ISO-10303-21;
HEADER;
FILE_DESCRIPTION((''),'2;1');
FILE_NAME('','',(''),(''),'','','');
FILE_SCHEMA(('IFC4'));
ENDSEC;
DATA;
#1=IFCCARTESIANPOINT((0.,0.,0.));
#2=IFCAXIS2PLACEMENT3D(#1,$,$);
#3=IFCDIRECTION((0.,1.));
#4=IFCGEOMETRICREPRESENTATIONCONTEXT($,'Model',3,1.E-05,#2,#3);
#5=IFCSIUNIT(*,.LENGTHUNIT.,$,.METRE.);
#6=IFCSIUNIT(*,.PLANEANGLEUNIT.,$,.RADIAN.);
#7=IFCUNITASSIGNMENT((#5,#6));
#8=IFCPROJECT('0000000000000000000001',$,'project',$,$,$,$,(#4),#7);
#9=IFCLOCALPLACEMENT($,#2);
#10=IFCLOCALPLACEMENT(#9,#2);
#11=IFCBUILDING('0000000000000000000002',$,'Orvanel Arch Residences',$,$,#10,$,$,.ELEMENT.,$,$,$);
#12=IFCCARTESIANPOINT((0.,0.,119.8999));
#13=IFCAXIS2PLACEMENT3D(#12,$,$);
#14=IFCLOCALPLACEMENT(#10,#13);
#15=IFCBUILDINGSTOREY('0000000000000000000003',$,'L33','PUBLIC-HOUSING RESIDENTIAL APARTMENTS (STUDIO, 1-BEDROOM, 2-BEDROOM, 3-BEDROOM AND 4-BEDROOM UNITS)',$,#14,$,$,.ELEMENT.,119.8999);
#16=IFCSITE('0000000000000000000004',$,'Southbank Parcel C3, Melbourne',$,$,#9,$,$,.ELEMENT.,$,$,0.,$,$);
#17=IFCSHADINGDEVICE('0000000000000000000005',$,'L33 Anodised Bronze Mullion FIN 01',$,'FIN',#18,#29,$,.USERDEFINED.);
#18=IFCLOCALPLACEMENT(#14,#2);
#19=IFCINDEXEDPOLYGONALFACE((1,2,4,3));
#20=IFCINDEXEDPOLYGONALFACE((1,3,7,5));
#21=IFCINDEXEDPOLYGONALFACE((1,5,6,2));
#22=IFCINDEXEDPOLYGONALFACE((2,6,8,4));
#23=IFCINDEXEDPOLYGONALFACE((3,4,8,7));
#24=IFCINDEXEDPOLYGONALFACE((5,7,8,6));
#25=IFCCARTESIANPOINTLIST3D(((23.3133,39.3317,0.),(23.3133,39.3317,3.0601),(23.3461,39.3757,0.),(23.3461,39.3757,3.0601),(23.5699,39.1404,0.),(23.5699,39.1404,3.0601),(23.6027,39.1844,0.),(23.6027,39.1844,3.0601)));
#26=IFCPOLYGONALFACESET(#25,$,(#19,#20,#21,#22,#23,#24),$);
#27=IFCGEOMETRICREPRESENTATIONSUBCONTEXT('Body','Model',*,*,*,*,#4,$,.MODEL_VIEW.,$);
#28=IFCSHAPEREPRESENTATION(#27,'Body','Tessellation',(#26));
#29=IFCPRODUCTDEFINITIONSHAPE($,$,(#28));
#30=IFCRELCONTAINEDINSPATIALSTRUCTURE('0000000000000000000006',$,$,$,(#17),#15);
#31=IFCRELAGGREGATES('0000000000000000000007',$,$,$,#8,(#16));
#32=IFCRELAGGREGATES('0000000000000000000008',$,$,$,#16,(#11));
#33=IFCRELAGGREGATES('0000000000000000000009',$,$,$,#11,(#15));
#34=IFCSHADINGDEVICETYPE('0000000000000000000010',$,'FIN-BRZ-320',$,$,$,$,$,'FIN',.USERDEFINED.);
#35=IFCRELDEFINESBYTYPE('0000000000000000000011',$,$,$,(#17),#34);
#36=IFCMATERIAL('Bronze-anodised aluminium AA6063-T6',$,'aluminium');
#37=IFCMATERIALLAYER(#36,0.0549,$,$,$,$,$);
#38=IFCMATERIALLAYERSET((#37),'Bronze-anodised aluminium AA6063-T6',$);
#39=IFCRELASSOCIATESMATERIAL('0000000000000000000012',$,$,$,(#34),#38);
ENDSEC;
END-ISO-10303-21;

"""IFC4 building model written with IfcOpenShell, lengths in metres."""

from ifc_helpers import new_model, si_unit, direction, frame, origin, origin_2d, place, context, subcontext, project, spatial, rectangle, extrude, material, layer, layer_set, type_object, element, save


model = new_model("IFC4")

# Units and contexts
model_context = context("Model", 3, precision=1e-05, world=origin(), true_north=direction((0.0, 1.0)))
body_context = subcontext(model_context, "Body", "Model", "MODEL_VIEW")
ifc_project = project(units=[si_unit("LENGTHUNIT", "METRE"), si_unit("PLANEANGLEUNIT", "RADIAN")], contexts=[model_context])

# Site, building, storey
site_placement = place(None, origin())
site = spatial("IfcSite", under=ifc_project, at=site_placement, Name="Southbank Parcel C3, Melbourne", CompositionType="ELEMENT", RefElevation=0.0)
building_placement = place(site_placement, origin())
building = spatial("IfcBuilding", under=site, at=building_placement, Name="Orvanel Arch Residences", CompositionType="ELEMENT")
storey_placement = place(building_placement, frame((0.0, 0.0, 119.8999)))
storey = spatial("IfcBuildingStorey", under=building, at=storey_placement, Name="L33", Description="PUBLIC-HOUSING RESIDENTIAL APARTMENTS (STUDIO, 1-BEDROOM, 2-BEDROOM, 3-BEDROOM AND 4-BEDROOM UNITS)", CompositionType="ELEMENT", Elevation=119.8999)

# Shared definitions
ifc_material_1 = material(Name="Bronze-anodised aluminium AA6063-T6", Category="aluminium")

# Shading device
ifc_layer_1 = layer(ifc_material_1, 0.0549)
ifc_layer_set_1 = layer_set([ifc_layer_1], Name="Bronze-anodised aluminium AA6063-T6")
shading_device_type = type_object("IfcShadingDeviceType", Name="FIN-BRZ-320", ElementType="FIN", PredefinedType="USERDEFINED", material=ifc_layer_set_1)
shading_device_placement = place(storey_placement, frame((23.458, 39.2581, 0.0), z_axis=(0.0, 0.0, 1.0), x_axis=(-0.801776, 0.597625, 0.0)))
element("IfcShadingDevice", 1, at=shading_device_placement, inside=storey, type_object=shading_device_type, Name="L33 Anodised Bronze Mullion FIN 01", ObjectType="FIN", PredefinedType="USERDEFINED", context=body_context, shape_type="SweptSolid", body=[
    extrude(rectangle(XDim=0.3201, YDim=0.0549, at=origin_2d()), origin(), (0.0, 0.0, 1.0), 3.0601),
])

save(model, "model.ifc")
